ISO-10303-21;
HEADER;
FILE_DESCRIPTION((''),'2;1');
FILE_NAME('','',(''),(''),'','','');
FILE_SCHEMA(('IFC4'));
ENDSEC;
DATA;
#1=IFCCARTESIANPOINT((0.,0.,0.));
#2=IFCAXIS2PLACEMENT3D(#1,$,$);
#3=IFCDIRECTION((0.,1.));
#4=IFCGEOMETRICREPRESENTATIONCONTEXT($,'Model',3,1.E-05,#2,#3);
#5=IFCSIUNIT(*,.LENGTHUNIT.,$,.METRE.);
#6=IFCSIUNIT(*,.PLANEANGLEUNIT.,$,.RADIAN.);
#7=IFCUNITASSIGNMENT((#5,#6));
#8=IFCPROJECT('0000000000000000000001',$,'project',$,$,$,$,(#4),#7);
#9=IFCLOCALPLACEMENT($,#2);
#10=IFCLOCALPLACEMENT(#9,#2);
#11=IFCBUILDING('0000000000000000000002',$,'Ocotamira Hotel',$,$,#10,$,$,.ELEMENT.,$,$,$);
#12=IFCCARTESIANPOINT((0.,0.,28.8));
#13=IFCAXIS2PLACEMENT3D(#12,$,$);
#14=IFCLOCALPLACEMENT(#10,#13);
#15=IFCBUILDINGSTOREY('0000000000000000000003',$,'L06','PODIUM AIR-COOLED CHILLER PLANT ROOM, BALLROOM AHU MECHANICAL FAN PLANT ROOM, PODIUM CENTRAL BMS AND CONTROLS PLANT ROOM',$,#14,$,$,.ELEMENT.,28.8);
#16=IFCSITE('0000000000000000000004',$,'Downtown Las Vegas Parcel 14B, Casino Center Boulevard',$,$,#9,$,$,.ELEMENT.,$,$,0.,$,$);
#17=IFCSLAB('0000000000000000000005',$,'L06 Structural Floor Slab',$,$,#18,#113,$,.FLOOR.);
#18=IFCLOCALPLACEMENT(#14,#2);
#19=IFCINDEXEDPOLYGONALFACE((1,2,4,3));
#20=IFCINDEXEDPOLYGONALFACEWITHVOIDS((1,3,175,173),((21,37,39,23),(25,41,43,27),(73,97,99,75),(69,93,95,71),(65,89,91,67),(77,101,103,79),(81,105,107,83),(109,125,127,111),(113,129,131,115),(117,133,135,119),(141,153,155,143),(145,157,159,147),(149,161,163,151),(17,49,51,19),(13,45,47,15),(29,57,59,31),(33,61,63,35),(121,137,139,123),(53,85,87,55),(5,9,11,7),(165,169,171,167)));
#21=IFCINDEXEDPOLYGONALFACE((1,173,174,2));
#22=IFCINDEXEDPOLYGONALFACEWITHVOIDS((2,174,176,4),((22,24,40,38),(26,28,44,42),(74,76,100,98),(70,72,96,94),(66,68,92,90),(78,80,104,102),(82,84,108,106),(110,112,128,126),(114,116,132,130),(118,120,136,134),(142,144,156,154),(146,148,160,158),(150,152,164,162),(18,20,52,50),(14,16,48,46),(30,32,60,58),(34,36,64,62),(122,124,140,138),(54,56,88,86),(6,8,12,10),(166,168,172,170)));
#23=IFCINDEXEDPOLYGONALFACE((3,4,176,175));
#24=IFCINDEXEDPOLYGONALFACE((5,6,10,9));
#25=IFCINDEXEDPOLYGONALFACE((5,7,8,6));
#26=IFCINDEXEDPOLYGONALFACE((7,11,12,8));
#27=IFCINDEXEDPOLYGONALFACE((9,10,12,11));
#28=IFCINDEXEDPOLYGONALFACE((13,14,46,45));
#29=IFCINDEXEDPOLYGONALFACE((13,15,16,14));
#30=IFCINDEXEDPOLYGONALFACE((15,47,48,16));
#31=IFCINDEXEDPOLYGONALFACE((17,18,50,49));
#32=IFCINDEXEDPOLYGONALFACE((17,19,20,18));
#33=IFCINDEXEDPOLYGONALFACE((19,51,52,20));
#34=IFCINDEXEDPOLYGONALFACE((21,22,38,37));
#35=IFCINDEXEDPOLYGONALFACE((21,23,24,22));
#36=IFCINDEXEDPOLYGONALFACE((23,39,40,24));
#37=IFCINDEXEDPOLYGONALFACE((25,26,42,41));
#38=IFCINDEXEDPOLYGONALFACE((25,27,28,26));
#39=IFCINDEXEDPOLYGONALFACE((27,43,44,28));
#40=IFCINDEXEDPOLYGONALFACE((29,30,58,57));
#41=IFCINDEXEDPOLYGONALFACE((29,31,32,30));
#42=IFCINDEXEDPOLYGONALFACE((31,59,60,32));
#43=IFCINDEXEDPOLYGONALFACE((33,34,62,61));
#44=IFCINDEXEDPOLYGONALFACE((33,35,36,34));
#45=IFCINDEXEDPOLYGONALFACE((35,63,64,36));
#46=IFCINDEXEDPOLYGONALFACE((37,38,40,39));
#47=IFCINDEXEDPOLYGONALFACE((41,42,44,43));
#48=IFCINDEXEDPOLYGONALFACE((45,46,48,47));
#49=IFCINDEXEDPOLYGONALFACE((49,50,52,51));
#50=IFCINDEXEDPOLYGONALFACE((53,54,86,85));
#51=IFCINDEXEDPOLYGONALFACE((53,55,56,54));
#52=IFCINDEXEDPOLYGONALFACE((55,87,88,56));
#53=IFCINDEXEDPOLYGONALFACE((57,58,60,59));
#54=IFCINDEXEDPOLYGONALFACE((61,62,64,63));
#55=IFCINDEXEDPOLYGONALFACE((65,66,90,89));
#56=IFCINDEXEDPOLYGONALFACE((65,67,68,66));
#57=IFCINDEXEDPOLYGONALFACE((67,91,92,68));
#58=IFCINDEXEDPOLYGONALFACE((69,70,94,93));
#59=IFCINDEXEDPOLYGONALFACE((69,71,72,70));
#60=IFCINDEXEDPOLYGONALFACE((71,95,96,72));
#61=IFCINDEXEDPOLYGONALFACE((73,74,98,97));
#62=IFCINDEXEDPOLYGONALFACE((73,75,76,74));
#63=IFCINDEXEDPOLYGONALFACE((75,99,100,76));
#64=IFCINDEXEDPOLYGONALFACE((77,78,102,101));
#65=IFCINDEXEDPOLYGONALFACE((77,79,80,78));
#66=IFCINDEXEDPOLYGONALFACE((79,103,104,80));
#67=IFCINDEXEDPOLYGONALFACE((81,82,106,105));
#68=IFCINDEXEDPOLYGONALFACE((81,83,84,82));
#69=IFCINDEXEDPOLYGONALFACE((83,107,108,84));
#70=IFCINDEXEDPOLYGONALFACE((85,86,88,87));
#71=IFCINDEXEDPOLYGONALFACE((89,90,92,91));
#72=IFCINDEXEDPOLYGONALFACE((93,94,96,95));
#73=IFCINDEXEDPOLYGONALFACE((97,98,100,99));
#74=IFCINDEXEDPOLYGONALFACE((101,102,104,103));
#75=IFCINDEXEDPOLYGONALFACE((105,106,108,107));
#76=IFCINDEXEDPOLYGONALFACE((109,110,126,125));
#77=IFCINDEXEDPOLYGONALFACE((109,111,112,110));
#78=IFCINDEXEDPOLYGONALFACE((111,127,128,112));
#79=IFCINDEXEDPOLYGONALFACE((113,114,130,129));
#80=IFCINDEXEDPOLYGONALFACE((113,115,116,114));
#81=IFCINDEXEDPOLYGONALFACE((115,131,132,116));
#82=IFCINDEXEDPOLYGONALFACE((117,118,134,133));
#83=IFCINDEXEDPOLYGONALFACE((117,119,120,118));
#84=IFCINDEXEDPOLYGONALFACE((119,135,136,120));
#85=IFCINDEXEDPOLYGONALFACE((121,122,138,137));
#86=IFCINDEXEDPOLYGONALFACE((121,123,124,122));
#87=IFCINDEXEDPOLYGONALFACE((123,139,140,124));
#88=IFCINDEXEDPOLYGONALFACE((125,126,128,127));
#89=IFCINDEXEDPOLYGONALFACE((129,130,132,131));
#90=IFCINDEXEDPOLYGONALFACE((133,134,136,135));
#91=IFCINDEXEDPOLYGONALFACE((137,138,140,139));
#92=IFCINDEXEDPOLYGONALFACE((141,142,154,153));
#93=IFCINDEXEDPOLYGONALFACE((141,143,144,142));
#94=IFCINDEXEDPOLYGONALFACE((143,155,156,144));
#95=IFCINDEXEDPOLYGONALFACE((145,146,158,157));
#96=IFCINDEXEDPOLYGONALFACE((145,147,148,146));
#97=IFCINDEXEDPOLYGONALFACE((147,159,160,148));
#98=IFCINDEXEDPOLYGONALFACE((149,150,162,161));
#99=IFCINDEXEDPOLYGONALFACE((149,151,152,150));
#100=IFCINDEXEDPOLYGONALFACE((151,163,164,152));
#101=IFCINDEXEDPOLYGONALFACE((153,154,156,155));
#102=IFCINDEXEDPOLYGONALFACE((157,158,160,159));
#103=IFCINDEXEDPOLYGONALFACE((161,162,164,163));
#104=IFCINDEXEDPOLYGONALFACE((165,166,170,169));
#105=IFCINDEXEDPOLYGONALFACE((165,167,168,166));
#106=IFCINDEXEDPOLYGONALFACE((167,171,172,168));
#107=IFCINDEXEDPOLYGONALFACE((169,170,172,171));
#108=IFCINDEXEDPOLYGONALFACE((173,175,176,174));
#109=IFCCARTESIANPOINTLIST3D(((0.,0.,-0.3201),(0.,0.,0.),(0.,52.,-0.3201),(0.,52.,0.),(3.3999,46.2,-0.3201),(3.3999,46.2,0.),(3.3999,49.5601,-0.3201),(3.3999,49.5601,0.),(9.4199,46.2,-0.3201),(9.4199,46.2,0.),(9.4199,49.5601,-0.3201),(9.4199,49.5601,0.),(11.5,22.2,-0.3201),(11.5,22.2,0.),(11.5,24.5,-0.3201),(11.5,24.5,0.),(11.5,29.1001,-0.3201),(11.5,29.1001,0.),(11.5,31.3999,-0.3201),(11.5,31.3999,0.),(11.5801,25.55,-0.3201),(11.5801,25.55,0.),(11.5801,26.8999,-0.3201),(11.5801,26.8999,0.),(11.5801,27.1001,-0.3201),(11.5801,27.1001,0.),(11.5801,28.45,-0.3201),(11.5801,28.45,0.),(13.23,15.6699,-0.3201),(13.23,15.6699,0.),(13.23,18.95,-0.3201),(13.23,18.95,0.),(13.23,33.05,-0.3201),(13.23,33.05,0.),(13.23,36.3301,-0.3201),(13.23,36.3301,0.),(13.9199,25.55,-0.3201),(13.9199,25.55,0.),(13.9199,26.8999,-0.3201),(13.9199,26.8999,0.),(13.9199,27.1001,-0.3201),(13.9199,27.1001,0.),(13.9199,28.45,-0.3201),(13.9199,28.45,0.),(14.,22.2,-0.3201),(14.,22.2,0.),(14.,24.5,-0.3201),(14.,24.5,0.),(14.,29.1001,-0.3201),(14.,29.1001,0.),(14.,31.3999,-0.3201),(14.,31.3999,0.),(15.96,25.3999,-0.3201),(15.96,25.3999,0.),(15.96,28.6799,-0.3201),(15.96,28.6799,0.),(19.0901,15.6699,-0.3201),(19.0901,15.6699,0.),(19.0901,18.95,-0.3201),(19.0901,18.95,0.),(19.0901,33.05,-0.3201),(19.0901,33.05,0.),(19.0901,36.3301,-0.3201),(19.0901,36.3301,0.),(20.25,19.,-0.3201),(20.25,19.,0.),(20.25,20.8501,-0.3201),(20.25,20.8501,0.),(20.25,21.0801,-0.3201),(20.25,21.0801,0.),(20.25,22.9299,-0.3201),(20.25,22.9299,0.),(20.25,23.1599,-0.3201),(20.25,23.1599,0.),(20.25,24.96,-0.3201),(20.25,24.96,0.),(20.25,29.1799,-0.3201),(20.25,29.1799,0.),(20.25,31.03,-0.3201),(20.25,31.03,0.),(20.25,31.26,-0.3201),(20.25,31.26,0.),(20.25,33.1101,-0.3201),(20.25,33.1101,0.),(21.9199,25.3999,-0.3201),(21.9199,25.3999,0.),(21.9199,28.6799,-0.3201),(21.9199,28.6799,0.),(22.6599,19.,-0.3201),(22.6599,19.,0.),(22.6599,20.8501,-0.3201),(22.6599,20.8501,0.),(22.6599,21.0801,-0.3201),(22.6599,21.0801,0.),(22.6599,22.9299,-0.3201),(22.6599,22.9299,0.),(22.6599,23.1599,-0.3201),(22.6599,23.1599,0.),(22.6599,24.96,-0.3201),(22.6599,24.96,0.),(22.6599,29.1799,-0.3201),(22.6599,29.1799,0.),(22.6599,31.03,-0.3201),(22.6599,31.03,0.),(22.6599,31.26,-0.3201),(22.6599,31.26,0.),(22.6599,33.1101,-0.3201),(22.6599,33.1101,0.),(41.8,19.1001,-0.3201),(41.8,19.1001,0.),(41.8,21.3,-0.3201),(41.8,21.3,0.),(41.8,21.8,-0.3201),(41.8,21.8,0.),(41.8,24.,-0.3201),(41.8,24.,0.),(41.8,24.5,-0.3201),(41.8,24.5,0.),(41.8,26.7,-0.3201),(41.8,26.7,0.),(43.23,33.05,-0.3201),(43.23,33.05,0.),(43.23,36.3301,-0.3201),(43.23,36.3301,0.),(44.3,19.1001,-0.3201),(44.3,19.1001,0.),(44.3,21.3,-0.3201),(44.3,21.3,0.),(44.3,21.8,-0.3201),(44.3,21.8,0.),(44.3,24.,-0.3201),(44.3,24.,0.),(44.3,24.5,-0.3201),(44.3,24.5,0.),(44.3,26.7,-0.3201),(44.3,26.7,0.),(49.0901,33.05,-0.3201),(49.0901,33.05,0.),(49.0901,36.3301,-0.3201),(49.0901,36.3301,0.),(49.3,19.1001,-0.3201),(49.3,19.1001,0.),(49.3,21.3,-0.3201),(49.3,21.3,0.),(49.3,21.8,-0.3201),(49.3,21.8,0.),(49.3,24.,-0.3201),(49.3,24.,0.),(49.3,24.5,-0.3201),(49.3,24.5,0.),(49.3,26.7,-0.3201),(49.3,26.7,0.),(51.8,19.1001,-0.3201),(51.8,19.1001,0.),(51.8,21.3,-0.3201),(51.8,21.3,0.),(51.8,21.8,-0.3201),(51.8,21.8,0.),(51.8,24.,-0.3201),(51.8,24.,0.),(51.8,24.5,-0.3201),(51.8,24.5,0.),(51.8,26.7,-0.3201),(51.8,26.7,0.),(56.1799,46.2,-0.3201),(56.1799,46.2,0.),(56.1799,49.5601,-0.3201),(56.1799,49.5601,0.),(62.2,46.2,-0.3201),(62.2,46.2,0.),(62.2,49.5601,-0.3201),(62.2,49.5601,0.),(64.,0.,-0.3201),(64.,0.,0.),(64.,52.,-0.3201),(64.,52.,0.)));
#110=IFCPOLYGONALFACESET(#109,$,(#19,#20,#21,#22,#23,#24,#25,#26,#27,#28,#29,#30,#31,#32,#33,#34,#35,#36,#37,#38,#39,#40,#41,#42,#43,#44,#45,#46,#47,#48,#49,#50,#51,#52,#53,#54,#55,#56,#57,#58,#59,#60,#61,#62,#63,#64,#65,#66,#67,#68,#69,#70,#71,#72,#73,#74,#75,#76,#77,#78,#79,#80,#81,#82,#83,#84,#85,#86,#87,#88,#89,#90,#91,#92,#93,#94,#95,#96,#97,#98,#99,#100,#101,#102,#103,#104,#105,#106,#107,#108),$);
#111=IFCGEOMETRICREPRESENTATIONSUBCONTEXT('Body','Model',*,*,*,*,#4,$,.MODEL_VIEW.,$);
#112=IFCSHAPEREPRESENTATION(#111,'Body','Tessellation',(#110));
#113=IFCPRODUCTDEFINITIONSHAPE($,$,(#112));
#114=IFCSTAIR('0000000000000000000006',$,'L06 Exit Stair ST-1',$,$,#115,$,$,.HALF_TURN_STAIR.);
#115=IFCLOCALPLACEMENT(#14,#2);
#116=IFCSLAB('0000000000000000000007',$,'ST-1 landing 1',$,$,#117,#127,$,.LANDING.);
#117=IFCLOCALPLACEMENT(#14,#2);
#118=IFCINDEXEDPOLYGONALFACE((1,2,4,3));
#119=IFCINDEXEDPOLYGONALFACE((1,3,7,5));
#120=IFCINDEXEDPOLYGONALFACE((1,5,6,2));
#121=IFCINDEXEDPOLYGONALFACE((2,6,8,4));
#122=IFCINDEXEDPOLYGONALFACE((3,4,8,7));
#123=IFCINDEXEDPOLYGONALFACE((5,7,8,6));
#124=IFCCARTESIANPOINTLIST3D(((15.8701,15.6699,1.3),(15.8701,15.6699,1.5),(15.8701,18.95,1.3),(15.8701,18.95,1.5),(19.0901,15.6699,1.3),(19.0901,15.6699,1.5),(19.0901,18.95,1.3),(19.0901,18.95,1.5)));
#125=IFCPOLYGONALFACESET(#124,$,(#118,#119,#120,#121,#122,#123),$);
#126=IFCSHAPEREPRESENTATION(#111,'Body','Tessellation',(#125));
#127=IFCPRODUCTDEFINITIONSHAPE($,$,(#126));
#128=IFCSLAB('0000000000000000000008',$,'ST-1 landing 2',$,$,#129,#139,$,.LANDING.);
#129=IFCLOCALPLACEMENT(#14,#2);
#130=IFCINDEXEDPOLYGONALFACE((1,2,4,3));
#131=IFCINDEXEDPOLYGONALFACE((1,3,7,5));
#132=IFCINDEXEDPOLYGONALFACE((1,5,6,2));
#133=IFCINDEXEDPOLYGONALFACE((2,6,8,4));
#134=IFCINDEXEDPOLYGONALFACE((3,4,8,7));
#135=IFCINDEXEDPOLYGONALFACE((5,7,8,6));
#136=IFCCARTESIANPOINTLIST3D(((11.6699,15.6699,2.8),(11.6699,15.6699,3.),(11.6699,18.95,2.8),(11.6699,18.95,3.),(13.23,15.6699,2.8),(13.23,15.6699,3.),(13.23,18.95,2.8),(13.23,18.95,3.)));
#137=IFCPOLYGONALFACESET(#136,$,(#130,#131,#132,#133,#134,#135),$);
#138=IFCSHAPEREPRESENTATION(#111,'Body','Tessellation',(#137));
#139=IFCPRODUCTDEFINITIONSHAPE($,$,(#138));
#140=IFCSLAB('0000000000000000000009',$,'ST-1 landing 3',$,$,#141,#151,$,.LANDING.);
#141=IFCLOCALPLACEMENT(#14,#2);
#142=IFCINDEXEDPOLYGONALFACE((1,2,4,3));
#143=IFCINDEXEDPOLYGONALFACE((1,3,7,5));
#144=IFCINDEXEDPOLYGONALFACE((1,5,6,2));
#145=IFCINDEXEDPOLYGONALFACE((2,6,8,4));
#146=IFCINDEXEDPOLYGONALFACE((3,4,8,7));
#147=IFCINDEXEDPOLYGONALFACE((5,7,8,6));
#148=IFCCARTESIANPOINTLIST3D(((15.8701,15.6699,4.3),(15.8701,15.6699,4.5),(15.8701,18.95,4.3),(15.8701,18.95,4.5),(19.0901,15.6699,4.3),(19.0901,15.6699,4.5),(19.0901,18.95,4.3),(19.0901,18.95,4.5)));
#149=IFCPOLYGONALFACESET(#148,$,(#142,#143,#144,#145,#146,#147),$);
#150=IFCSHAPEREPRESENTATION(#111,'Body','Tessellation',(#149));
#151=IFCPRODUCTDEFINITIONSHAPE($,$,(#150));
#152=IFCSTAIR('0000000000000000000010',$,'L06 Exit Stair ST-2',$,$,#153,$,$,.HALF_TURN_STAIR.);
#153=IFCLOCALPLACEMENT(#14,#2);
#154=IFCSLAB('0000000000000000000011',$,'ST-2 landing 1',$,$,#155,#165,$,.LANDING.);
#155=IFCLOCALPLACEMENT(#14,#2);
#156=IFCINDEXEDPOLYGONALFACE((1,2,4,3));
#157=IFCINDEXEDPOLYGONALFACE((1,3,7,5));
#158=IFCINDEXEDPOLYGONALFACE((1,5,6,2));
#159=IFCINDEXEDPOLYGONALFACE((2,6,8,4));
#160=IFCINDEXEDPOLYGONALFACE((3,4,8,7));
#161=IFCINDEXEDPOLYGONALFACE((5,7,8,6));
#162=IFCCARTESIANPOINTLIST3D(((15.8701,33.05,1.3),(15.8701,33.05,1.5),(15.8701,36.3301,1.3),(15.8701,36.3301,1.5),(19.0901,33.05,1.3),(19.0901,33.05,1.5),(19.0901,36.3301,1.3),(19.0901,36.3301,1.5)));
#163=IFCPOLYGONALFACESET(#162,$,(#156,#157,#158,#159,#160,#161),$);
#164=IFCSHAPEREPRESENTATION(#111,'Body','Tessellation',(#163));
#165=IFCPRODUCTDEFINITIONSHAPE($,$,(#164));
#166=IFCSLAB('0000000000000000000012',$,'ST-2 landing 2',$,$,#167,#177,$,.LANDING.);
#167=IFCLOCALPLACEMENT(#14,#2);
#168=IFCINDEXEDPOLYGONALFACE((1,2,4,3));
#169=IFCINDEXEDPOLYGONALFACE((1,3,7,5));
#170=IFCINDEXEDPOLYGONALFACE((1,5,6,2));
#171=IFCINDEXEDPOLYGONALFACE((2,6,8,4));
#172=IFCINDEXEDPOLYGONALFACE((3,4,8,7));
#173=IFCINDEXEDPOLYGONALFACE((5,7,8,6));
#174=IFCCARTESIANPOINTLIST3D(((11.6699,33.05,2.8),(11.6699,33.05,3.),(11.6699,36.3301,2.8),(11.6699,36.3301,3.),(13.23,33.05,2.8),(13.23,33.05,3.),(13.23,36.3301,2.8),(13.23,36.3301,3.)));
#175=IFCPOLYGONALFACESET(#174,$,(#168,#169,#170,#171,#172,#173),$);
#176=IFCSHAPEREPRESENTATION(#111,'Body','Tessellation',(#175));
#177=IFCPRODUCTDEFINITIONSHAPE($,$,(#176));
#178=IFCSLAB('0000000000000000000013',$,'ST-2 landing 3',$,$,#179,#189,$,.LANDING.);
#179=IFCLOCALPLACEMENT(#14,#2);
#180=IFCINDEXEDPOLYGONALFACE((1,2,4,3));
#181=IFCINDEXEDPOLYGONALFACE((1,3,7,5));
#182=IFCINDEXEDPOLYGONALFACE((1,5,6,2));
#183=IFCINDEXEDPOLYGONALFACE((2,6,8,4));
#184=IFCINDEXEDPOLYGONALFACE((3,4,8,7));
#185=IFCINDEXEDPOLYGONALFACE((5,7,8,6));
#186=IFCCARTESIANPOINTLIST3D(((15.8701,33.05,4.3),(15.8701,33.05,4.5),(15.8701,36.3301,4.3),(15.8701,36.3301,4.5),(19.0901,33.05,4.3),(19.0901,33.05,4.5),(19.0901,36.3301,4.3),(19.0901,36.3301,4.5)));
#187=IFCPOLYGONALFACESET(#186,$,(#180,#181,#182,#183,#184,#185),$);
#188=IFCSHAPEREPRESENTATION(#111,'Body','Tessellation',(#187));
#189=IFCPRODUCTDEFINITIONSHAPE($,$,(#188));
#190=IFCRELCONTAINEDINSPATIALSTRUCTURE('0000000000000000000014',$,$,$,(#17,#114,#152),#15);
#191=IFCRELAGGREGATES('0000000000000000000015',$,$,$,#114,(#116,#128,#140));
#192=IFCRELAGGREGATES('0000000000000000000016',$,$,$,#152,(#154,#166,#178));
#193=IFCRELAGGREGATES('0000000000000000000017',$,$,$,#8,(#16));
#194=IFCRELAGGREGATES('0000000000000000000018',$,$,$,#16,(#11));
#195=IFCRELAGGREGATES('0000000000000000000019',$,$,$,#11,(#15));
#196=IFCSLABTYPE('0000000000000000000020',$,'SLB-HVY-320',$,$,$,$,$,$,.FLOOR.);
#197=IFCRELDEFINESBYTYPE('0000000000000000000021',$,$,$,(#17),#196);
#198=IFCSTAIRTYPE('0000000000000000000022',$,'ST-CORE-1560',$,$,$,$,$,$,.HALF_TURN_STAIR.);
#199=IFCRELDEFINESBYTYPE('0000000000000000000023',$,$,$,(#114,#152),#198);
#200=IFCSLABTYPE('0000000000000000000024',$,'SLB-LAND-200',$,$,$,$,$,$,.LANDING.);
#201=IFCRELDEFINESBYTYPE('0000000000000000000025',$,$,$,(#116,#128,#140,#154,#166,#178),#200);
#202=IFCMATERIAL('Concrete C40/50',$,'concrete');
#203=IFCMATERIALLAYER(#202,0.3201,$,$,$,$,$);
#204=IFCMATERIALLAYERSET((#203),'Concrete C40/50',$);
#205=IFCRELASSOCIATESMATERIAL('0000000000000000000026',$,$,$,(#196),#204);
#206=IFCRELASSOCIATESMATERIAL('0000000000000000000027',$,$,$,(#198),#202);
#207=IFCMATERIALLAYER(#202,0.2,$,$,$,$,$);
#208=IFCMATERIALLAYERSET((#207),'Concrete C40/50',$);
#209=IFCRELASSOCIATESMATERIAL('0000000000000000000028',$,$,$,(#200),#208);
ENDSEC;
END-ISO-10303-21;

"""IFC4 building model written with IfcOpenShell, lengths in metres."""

from ifc_helpers import new_model, si_unit, direction, frame, origin, place, context, subcontext, project, spatial, polyline, outline, extrude, material, layer, layer_set, type_object, element, aggregate, save


model = new_model("IFC4")

# Units and contexts
model_context = context("Model", 3, precision=1e-05, world=origin(), true_north=direction((0.0, 1.0)))
body_context = subcontext(model_context, "Body", "Model", "MODEL_VIEW")
ifc_project = project(units=[si_unit("LENGTHUNIT", "METRE"), si_unit("PLANEANGLEUNIT", "RADIAN")], contexts=[model_context])

# Site, building, storey
site_placement = place(None, origin())
site = spatial("IfcSite", under=ifc_project, at=site_placement, Name="Downtown Las Vegas Parcel 14B, Casino Center Boulevard", CompositionType="ELEMENT", RefElevation=0.0)
building_placement = place(site_placement, origin())
building = spatial("IfcBuilding", under=site, at=building_placement, Name="Ocotamira Hotel", CompositionType="ELEMENT")
storey_placement = place(building_placement, frame((0.0, 0.0, 28.8)))
storey = spatial("IfcBuildingStorey", under=building, at=storey_placement, Name="L06", Description="PODIUM AIR-COOLED CHILLER PLANT ROOM, BALLROOM AHU MECHANICAL FAN PLANT ROOM, PODIUM CENTRAL BMS AND CONTROLS PLANT ROOM", CompositionType="ELEMENT", Elevation=28.8)

# Slab
ifc_material_1 = material(Name="Concrete C40/50", Category="concrete")
ifc_layer_1 = layer(ifc_material_1, 0.3201)
ifc_layer_set_1 = layer_set([ifc_layer_1], Name="Concrete C40/50")
slab_type_1 = type_object("IfcSlabType", Name="SLB-HVY-320", PredefinedType="FLOOR", material=ifc_layer_set_1)
slab_1_placement = place(storey_placement, frame((0.0, 0.0, -0.3201)))
element("IfcSlab", 1, at=slab_1_placement, inside=storey, type_object=slab_type_1, Name="L06 Structural Floor Slab", PredefinedType="FLOOR", context=body_context, shape_type="SweptSolid", body=[
    extrude(outline(polyline([(0.0, 0.0), (64.0, 0.0), (64.0, 52.0), (0.0, 52.0), (0.0, 0.0)]), holes=[polyline([(13.23, 15.6699), (19.0901, 15.6699), (19.0901, 18.95), (13.23, 18.95), (13.23, 15.6699)]), polyline([(13.23, 33.05), (19.0901, 33.05), (19.0901, 36.3301), (13.23, 36.3301), (13.23, 33.05)]), polyline([(15.96, 25.3999), (21.9199, 25.3999), (21.9199, 28.6799), (15.96, 28.6799), (15.96, 25.3999)]), polyline([(43.23, 33.05), (49.0901, 33.05), (49.0901, 36.3301), (43.23, 36.3301), (43.23, 33.05)]), polyline([(3.3999, 46.2), (9.4199, 46.2), (9.4199, 49.5601), (3.3999, 49.5601), (3.3999, 46.2)]), polyline([(56.1799, 46.2), (62.2, 46.2), (62.2, 49.5601), (56.1799, 49.5601), (56.1799, 46.2)]), polyline([(49.3, 19.1001), (51.8, 19.1001), (51.8, 21.3), (49.3, 21.3), (49.3, 19.1001)]), polyline([(49.3, 21.8), (51.8, 21.8), (51.8, 24.0), (49.3, 24.0), (49.3, 21.8)]), polyline([(49.3, 24.5), (51.8, 24.5), (51.8, 26.7), (49.3, 26.7), (49.3, 24.5)]), polyline([(41.8, 19.1001), (44.3, 19.1001), (44.3, 21.3), (41.8, 21.3), (41.8, 19.1001)]), polyline([(41.8, 21.8), (44.3, 21.8), (44.3, 24.0), (41.8, 24.0), (41.8, 21.8)]), polyline([(41.8, 24.5), (44.3, 24.5), (44.3, 26.7), (41.8, 26.7), (41.8, 24.5)]), polyline([(20.25, 19.0), (22.6599, 19.0), (22.6599, 20.8501), (20.25, 20.8501), (20.25, 19.0)]), polyline([(20.25, 21.0801), (22.6599, 21.0801), (22.6599, 22.9299), (20.25, 22.9299), (20.25, 21.0801)]), polyline([(20.25, 23.1599), (22.6599, 23.1599), (22.6599, 24.96), (20.25, 24.96), (20.25, 23.1599)]), polyline([(20.25, 29.1799), (22.6599, 29.1799), (22.6599, 31.03), (20.25, 31.03), (20.25, 29.1799)]), polyline([(20.25, 31.26), (22.6599, 31.26), (22.6599, 33.1101), (20.25, 33.1101), (20.25, 31.26)]), polyline([(11.5, 22.2), (14.0, 22.2), (14.0, 24.5), (11.5, 24.5), (11.5, 22.2)]), polyline([(11.5, 29.1001), (14.0, 29.1001), (14.0, 31.3999), (11.5, 31.3999), (11.5, 29.1001)]), polyline([(11.5801, 25.55), (13.9199, 25.55), (13.9199, 26.8999), (11.5801, 26.8999), (11.5801, 25.55)]), polyline([(11.5801, 27.1001), (13.9199, 27.1001), (13.9199, 28.45), (11.5801, 28.45), (11.5801, 27.1001)])]), origin(), (0.0, 0.0, 1.0), 0.3201),
])

# Stairs, slabs
stair_type = type_object("IfcStairType", Name="ST-CORE-1560", PredefinedType="HALF_TURN_STAIR", material=ifc_material_1)
stair_1_placement = place(storey_placement, origin())
stair_1 = element("IfcStair", 2, at=stair_1_placement, inside=storey, type_object=stair_type, Name="L06 Exit Stair ST-1", PredefinedType="HALF_TURN_STAIR")
ifc_layer_2 = layer(ifc_material_1, 0.2)
ifc_layer_set_2 = layer_set([ifc_layer_2], Name="Concrete C40/50")
slab_type_2 = type_object("IfcSlabType", Name="SLB-LAND-200", PredefinedType="LANDING", material=ifc_layer_set_2)
slab_2_placement = place(storey_placement, frame((0.0, 0.0, 1.3)))
slab_2 = element("IfcSlab", 3, at=slab_2_placement, type_object=slab_type_2, Name="ST-1 landing 1", PredefinedType="LANDING", context=body_context, shape_type="SweptSolid", body=[
    extrude(outline(polyline([(15.8701, 15.6699), (19.0901, 15.6699), (19.0901, 18.95), (15.8701, 18.95), (15.8701, 15.6699)])), origin(), (0.0, 0.0, 1.0), 0.2),
])
slab_3_placement = place(storey_placement, frame((0.0, 0.0, 2.8)))
slab_3 = element("IfcSlab", 4, at=slab_3_placement, type_object=slab_type_2, Name="ST-1 landing 2", PredefinedType="LANDING", context=body_context, shape_type="SweptSolid", body=[
    extrude(outline(polyline([(11.6699, 15.6699), (13.23, 15.6699), (13.23, 18.95), (11.6699, 18.95), (11.6699, 15.6699)])), origin(), (0.0, 0.0, 1.0), 0.2),
])
slab_4_placement = place(storey_placement, frame((0.0, 0.0, 4.3)))
slab_4 = element("IfcSlab", 5, at=slab_4_placement, type_object=slab_type_2, Name="ST-1 landing 3", PredefinedType="LANDING", context=body_context, shape_type="SweptSolid", body=[
    extrude(outline(polyline([(15.8701, 15.6699), (19.0901, 15.6699), (19.0901, 18.95), (15.8701, 18.95), (15.8701, 15.6699)])), origin(), (0.0, 0.0, 1.0), 0.2),
])
aggregate(stair_1, [slab_2, slab_3, slab_4])
stair_2_placement = place(storey_placement, origin())
stair_2 = element("IfcStair", 6, at=stair_2_placement, inside=storey, type_object=stair_type, Name="L06 Exit Stair ST-2", PredefinedType="HALF_TURN_STAIR")
slab_5_placement = place(storey_placement, frame((0.0, 0.0, 1.3)))
slab_5 = element("IfcSlab", 7, at=slab_5_placement, type_object=slab_type_2, Name="ST-2 landing 1", PredefinedType="LANDING", context=body_context, shape_type="SweptSolid", body=[
    extrude(outline(polyline([(15.8701, 33.05), (19.0901, 33.05), (19.0901, 36.3301), (15.8701, 36.3301), (15.8701, 33.05)])), origin(), (0.0, 0.0, 1.0), 0.2),
])
slab_6_placement = place(storey_placement, frame((0.0, 0.0, 2.8)))
slab_6 = element("IfcSlab", 8, at=slab_6_placement, type_object=slab_type_2, Name="ST-2 landing 2", PredefinedType="LANDING", context=body_context, shape_type="SweptSolid", body=[
    extrude(outline(polyline([(11.6699, 33.05), (13.23, 33.05), (13.23, 36.3301), (11.6699, 36.3301), (11.6699, 33.05)])), origin(), (0.0, 0.0, 1.0), 0.2),
])
slab_7_placement = place(storey_placement, frame((0.0, 0.0, 4.3)))
slab_7 = element("IfcSlab", 9, at=slab_7_placement, type_object=slab_type_2, Name="ST-2 landing 3", PredefinedType="LANDING", context=body_context, shape_type="SweptSolid", body=[
    extrude(outline(polyline([(15.8701, 33.05), (19.0901, 33.05), (19.0901, 36.3301), (15.8701, 36.3301), (15.8701, 33.05)])), origin(), (0.0, 0.0, 1.0), 0.2),
])
aggregate(stair_2, [slab_5, slab_6, slab_7])

save(model, "model.ifc")
